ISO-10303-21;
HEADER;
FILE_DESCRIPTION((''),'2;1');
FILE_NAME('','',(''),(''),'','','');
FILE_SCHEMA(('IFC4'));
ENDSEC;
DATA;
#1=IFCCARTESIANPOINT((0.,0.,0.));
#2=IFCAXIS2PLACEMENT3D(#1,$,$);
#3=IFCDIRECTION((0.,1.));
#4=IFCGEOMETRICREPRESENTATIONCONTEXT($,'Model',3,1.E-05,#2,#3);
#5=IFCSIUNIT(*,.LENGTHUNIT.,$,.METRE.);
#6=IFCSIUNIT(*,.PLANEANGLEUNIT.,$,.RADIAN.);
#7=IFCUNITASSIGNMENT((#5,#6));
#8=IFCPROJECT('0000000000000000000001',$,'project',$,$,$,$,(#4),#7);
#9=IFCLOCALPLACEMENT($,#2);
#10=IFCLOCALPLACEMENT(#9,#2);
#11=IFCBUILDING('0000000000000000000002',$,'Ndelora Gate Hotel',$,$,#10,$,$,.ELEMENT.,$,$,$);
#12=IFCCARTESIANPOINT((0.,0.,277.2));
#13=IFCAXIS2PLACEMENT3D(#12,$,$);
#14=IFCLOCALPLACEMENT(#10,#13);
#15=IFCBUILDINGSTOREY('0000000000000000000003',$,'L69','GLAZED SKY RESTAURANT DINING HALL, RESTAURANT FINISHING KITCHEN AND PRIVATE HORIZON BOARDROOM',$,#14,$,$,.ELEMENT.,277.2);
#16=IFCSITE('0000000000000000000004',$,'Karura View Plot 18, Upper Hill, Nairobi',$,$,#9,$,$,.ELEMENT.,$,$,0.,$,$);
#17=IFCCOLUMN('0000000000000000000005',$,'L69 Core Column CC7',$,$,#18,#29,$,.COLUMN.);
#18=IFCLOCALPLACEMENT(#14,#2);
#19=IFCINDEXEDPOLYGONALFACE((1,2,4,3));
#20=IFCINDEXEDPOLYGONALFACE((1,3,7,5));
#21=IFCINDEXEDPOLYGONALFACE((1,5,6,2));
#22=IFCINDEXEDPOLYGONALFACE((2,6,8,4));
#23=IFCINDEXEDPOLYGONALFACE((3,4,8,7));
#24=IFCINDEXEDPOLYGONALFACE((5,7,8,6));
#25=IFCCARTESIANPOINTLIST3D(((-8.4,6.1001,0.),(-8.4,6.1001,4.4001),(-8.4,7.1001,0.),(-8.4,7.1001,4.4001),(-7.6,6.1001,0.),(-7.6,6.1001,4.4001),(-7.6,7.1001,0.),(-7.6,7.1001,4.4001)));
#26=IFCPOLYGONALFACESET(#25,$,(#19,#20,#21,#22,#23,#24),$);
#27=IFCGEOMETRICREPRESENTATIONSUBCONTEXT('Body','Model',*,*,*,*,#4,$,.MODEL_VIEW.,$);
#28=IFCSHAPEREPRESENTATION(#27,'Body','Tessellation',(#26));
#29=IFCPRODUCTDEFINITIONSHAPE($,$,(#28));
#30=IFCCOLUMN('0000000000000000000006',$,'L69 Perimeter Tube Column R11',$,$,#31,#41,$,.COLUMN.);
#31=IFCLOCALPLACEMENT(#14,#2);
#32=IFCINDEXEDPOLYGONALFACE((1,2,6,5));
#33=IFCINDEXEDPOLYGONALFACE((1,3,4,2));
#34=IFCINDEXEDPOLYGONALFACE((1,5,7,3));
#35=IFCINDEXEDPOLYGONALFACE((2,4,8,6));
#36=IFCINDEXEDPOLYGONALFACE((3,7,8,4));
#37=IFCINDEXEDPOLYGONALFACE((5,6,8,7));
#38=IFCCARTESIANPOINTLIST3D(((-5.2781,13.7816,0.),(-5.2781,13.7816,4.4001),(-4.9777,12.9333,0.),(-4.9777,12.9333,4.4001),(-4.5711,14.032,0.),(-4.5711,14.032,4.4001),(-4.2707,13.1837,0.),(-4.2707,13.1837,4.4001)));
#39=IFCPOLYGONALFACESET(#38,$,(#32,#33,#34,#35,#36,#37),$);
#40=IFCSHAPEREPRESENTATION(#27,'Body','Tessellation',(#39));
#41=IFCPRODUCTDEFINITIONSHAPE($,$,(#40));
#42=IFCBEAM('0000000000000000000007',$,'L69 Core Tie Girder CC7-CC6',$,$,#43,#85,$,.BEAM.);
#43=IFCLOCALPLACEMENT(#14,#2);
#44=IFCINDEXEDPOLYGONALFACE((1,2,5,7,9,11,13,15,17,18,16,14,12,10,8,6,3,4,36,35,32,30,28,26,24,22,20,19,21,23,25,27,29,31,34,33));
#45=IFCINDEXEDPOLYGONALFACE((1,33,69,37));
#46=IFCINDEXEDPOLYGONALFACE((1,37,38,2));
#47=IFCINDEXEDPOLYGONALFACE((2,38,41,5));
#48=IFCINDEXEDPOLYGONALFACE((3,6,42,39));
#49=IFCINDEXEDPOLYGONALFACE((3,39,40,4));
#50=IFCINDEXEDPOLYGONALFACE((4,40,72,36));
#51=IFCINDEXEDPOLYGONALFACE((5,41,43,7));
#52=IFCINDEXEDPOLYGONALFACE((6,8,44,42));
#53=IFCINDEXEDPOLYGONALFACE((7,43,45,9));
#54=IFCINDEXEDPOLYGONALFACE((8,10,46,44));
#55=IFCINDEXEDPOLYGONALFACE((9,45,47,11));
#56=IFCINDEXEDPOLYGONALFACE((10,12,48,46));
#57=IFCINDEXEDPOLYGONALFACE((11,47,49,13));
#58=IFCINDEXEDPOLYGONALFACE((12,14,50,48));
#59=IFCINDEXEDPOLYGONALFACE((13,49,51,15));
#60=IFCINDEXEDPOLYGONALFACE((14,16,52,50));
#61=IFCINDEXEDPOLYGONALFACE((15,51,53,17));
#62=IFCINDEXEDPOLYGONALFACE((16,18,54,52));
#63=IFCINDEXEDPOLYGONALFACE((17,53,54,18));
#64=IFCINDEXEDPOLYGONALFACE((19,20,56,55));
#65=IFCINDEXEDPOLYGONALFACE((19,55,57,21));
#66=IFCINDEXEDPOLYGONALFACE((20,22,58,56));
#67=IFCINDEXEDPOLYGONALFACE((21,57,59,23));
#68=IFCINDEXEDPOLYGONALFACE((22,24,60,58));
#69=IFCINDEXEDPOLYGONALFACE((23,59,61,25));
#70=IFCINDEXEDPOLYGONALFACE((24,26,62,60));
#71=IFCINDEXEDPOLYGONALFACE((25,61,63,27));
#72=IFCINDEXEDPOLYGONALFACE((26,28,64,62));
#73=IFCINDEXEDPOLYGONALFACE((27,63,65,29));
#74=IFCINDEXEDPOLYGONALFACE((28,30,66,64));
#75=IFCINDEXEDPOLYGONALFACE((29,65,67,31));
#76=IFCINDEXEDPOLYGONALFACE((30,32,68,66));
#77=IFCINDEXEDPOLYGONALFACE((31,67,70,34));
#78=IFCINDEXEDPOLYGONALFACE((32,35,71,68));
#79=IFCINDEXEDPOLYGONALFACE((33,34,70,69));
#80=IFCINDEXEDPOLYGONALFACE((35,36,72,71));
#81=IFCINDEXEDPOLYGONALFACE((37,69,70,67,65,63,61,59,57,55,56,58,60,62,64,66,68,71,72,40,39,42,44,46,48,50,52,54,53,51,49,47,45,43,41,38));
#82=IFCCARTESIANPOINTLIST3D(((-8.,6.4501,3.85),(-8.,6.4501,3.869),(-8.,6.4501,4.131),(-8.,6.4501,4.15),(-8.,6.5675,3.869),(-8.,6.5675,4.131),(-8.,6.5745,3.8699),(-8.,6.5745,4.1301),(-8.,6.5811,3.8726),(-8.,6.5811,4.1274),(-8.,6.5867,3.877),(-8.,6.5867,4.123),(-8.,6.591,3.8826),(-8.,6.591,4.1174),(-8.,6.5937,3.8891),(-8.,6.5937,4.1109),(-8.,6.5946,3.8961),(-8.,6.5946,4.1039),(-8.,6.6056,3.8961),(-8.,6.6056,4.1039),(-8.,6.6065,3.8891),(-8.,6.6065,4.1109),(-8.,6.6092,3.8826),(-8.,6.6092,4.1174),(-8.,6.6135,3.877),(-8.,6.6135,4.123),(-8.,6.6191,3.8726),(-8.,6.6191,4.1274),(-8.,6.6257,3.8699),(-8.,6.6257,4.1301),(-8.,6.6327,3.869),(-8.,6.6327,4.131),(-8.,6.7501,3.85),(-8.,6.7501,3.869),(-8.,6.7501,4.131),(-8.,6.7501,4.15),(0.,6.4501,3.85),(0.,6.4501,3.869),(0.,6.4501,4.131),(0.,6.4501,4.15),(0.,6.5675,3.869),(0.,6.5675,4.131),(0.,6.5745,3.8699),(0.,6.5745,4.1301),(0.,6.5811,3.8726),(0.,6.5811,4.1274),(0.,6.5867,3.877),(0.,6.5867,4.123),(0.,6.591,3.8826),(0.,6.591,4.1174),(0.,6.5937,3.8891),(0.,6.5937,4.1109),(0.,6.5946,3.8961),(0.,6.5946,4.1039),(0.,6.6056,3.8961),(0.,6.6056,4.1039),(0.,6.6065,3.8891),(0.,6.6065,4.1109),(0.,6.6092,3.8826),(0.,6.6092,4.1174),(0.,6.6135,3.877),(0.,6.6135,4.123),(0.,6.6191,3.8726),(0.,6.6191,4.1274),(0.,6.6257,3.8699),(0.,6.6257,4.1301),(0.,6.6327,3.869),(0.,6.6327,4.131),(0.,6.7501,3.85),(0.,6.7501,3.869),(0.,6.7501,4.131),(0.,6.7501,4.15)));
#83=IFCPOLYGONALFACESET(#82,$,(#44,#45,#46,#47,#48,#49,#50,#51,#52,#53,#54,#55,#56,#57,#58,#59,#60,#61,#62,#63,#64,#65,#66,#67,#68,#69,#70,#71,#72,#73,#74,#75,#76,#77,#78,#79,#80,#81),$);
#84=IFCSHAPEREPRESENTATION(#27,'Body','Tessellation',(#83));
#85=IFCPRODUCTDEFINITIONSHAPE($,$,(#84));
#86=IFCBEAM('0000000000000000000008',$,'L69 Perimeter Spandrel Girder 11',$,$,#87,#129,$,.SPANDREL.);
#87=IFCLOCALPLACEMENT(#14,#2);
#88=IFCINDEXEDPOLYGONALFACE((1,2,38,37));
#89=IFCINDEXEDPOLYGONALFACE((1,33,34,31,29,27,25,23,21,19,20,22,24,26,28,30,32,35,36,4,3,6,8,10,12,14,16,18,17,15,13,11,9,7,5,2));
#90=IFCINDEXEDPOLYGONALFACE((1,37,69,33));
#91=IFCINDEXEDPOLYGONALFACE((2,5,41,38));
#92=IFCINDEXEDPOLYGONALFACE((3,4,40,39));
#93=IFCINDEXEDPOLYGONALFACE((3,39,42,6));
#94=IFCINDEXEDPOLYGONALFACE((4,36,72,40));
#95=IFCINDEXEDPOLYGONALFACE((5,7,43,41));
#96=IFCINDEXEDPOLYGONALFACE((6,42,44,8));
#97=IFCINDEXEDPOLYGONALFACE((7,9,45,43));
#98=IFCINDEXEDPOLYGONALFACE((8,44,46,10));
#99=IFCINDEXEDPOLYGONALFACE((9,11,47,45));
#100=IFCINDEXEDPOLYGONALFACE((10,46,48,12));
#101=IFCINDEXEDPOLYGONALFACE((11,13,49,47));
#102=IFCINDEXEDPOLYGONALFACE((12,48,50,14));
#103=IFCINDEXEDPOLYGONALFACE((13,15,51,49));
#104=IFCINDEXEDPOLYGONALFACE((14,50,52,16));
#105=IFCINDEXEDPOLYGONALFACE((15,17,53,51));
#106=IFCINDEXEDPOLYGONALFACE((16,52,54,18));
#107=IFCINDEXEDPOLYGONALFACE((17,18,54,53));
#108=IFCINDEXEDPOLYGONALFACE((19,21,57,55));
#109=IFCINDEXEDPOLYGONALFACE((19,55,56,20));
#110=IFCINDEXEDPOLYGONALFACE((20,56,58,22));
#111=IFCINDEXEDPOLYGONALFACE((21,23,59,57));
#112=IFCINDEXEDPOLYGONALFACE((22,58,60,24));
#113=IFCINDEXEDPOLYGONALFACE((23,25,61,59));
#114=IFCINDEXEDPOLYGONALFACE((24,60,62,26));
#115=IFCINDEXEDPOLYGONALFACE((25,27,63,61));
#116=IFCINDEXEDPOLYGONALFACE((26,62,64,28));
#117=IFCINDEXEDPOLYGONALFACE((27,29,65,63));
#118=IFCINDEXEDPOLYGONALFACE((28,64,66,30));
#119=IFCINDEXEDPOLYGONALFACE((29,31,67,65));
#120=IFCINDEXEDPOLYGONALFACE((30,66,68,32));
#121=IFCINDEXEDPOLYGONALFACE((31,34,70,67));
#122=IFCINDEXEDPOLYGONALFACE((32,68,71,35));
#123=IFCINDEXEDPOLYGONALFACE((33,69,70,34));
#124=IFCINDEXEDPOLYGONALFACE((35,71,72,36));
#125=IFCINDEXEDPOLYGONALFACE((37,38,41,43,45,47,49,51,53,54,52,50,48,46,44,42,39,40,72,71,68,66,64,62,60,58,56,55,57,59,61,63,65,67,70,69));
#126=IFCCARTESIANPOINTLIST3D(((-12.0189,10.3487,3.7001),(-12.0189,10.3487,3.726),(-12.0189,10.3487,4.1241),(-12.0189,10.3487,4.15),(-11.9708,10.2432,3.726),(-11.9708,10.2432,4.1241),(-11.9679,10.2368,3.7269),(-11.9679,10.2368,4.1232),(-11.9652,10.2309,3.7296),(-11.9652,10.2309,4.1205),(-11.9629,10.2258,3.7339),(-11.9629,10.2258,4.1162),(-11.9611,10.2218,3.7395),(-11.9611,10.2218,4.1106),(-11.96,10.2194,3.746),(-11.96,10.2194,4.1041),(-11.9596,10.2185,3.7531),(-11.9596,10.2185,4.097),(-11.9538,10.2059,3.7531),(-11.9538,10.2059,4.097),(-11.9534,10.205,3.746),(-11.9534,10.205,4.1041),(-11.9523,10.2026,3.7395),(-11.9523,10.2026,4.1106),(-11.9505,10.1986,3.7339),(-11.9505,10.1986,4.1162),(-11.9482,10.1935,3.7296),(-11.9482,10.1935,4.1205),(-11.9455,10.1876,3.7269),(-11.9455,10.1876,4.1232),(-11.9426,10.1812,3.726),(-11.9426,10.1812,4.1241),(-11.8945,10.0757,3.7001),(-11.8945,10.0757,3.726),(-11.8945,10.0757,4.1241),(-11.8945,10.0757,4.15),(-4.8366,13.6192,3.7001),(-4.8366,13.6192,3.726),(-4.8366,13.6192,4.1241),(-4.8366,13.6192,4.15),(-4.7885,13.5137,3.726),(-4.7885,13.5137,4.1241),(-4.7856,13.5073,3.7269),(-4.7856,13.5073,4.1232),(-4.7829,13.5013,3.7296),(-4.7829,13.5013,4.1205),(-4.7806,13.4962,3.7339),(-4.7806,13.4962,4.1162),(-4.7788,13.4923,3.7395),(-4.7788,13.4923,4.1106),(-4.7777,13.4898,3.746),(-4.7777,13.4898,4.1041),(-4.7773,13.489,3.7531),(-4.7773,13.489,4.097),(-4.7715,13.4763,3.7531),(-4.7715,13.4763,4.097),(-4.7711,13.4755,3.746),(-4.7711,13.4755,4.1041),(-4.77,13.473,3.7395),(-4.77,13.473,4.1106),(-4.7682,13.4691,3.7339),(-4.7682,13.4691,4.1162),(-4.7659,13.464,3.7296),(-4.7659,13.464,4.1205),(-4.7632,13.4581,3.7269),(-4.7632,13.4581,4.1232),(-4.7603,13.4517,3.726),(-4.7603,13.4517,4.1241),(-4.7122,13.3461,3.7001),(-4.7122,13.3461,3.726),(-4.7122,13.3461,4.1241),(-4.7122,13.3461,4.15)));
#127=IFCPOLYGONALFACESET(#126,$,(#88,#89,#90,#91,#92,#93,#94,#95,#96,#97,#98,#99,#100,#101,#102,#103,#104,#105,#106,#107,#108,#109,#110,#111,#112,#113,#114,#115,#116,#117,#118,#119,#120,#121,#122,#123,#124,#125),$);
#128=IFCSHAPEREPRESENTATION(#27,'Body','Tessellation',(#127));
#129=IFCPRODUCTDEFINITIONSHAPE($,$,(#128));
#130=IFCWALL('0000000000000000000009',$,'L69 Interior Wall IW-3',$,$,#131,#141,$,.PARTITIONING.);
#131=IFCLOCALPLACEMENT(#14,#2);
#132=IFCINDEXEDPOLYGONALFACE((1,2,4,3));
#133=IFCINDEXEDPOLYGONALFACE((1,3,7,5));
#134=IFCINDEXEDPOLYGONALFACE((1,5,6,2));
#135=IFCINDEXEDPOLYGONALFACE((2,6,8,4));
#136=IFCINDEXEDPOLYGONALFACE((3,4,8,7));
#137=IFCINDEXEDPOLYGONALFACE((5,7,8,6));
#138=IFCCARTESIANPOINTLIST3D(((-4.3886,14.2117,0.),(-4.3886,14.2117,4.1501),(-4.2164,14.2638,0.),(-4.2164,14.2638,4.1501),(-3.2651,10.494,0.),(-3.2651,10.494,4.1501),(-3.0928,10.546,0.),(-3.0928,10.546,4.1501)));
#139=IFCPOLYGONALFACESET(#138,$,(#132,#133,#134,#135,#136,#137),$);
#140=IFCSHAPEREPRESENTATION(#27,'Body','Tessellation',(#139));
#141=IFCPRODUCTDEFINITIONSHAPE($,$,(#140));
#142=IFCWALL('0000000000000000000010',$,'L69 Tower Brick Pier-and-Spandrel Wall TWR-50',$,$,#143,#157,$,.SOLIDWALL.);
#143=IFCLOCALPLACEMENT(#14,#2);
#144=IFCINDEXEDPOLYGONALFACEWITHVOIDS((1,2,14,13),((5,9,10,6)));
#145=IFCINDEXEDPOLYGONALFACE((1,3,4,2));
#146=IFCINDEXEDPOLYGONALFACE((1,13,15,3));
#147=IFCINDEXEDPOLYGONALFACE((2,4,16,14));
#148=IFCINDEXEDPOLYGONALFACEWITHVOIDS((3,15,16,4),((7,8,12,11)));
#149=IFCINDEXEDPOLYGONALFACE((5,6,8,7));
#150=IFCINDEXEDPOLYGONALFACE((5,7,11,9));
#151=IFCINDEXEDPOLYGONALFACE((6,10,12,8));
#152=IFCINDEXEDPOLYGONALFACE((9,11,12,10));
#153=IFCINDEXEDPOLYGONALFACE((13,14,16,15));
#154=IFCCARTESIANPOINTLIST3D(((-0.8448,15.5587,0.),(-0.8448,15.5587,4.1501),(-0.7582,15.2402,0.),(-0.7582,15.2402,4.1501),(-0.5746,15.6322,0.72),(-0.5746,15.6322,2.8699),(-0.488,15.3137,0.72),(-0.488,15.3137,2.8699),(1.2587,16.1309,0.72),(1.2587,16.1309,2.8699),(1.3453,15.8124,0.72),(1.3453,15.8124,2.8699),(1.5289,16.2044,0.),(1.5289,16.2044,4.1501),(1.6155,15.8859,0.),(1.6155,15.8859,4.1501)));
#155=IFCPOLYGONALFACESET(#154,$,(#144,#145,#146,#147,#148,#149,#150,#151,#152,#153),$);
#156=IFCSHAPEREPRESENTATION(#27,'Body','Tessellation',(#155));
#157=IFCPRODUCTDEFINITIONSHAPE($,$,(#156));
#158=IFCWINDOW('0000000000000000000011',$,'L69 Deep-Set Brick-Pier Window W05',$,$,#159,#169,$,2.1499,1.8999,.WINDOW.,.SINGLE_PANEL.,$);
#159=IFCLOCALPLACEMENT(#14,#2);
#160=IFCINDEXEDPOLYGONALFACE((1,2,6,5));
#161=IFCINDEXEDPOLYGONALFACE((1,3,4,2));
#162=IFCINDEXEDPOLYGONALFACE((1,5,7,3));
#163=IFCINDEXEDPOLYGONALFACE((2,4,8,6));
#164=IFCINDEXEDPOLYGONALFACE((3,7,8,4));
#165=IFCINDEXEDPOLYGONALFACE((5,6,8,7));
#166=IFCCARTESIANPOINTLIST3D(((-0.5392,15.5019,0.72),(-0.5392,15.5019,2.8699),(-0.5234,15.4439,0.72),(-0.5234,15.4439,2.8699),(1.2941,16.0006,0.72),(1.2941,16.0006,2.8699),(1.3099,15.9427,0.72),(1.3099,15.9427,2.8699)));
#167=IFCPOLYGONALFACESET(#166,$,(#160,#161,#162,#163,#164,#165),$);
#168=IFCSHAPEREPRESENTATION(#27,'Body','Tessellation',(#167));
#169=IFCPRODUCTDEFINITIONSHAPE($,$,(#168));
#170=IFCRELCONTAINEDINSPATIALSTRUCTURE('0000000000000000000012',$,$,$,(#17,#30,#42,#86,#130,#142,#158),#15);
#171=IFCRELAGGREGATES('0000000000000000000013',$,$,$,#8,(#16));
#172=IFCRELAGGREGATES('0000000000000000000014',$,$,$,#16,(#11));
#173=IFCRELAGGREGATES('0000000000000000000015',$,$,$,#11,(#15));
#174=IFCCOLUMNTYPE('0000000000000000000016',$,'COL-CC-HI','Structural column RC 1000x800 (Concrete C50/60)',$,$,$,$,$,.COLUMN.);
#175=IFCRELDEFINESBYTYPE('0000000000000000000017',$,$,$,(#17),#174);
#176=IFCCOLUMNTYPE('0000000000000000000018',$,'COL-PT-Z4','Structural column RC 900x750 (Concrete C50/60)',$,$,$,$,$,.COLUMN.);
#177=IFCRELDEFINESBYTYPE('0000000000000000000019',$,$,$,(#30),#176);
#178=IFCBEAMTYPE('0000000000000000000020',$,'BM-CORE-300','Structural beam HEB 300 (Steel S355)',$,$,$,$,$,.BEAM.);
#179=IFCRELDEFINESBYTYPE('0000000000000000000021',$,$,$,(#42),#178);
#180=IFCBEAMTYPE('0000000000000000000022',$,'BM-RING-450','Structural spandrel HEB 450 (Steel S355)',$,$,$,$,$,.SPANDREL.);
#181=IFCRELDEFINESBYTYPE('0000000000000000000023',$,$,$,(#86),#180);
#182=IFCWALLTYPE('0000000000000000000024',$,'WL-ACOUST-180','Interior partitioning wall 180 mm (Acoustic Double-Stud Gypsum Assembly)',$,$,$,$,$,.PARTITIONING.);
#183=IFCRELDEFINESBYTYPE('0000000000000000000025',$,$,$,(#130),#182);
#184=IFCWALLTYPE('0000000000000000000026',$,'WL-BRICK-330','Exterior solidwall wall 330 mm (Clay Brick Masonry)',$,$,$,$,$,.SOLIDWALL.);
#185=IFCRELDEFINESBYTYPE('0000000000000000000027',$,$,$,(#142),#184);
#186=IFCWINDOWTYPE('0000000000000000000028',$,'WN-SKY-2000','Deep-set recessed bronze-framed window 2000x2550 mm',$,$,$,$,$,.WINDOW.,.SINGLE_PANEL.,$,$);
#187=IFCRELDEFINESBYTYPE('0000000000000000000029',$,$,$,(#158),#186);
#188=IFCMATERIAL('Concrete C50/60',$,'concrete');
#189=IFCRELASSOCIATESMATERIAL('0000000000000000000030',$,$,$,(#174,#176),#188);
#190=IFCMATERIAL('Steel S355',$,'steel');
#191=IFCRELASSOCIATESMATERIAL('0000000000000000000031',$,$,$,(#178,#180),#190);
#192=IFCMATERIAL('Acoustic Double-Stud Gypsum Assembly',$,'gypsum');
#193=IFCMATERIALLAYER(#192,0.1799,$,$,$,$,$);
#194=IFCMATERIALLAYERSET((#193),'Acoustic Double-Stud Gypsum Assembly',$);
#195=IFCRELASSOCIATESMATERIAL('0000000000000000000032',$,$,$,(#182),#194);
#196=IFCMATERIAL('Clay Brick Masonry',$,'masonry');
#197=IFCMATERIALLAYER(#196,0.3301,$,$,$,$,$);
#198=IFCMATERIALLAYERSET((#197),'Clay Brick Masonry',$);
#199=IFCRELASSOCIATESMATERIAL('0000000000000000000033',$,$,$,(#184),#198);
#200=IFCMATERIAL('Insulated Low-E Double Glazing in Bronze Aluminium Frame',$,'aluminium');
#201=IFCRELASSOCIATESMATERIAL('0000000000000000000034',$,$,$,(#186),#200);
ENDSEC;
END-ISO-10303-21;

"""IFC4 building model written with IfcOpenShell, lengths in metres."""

from ifc_helpers import new_model, si_unit, direction, frame, frame_2d, origin, origin_2d, place, context, subcontext, project, spatial, rectangle, i_section, extrude, material, layer, layer_set, material_profile, profile_set, type_object, element, fill, save


model = new_model("IFC4")

# Units and contexts
model_context = context("Model", 3, precision=1e-05, world=origin(), true_north=direction((0.0, 1.0)))
body_context = subcontext(model_context, "Body", "Model", "MODEL_VIEW")
ifc_project = project(units=[si_unit("LENGTHUNIT", "METRE"), si_unit("PLANEANGLEUNIT", "RADIAN")], contexts=[model_context])

# Site, building, storey
site_placement = place(None, origin())
site = spatial("IfcSite", under=ifc_project, at=site_placement, Name="Karura View Plot 18, Upper Hill, Nairobi", CompositionType="ELEMENT", RefElevation=0.0)
building_placement = place(site_placement, origin())
building = spatial("IfcBuilding", under=site, at=building_placement, Name="Ndelora Gate Hotel", CompositionType="ELEMENT")
storey_placement = place(building_placement, frame((0.0, 0.0, 277.2)))
storey = spatial("IfcBuildingStorey", under=building, at=storey_placement, Name="L69", Description="GLAZED SKY RESTAURANT DINING HALL, RESTAURANT FINISHING KITCHEN AND PRIVATE HORIZON BOARDROOM", CompositionType="ELEMENT", Elevation=277.2)

# Columns
ifc_material_1 = material(Name="Concrete C50/60", Category="concrete")
ifc_material_profile_1 = material_profile(ifc_material_1, rectangle(XDim=0.8, YDim=1.0, at=origin_2d()), Name="RC 1000x800")
ifc_profile_set_1 = profile_set([ifc_material_profile_1], Name="Concrete C50/60")
column_type_1 = type_object("IfcColumnType", Name="COL-CC-HI", Description="Structural column RC 1000x800 (Concrete C50/60)", PredefinedType="COLUMN", material=ifc_profile_set_1)
column_1_placement = place(storey_placement, frame((-8.0, 6.6001, 0.0), z_axis=(0.0, 0.0, 1.0), x_axis=(1.0, 0.0, 0.0)))
element("IfcColumn", 1, at=column_1_placement, inside=storey, type_object=column_type_1, Name="L69 Core Column CC7", PredefinedType="COLUMN", context=body_context, shape_type="SweptSolid", body=[
    extrude(rectangle(XDim=0.8, YDim=1.0, at=origin_2d()), origin(), (0.0, 0.0, 1.0), 4.4001),
])
ifc_material_profile_2 = material_profile(ifc_material_1, rectangle(XDim=0.75, YDim=0.8999, at=origin_2d()), Name="RC 900x750")
ifc_profile_set_2 = profile_set([ifc_material_profile_2], Name="Concrete C50/60")
column_type_2 = type_object("IfcColumnType", Name="COL-PT-Z4", Description="Structural column RC 900x750 (Concrete C50/60)", PredefinedType="COLUMN", material=ifc_profile_set_2)
column_2_placement = place(storey_placement, frame((-4.7744, 13.4827, 0.0), z_axis=(0.0, 0.0, 1.0), x_axis=(0.942641, 0.333807, 0.0)))
element("IfcColumn", 2, at=column_2_placement, inside=storey, type_object=column_type_2, Name="L69 Perimeter Tube Column R11", PredefinedType="COLUMN", context=body_context, shape_type="SweptSolid", body=[
    extrude(rectangle(XDim=0.75, YDim=0.8999, at=origin_2d()), origin(), (0.0, 0.0, 1.0), 4.4001),
])

# Beams
ifc_material_2 = material(Name="Steel S355", Category="steel")
ifc_material_profile_3 = material_profile(ifc_material_2, i_section(OverallWidth=0.3, OverallDepth=0.3, WebThickness=0.011, FlangeThickness=0.019, FilletRadius=0.0271, at=origin_2d()), Name="HEB 300")
ifc_profile_set_3 = profile_set([ifc_material_profile_3], Name="Steel S355")
beam_type_1 = type_object("IfcBeamType", Name="BM-CORE-300", Description="Structural beam HEB 300 (Steel S355)", PredefinedType="BEAM", material=ifc_profile_set_3)
beam_1_placement = place(storey_placement, frame((-8.0, 6.6001, 4.0), z_axis=(1.0, 0.0, 0.0), x_axis=(0.0, 1.0, 0.0)))
element("IfcBeam", 3, at=beam_1_placement, inside=storey, type_object=beam_type_1, Name="L69 Core Tie Girder CC7-CC6", PredefinedType="BEAM", context=body_context, shape_type="SweptSolid", body=[
    extrude(i_section(OverallWidth=0.3, OverallDepth=0.3, WebThickness=0.011, FlangeThickness=0.019, FilletRadius=0.0271, at=origin_2d()), origin(), (0.0, 0.0, 1.0), 8.0),
])
ifc_material_profile_4 = material_profile(ifc_material_2, i_section(OverallWidth=0.3, OverallDepth=0.45, WebThickness=0.0139, FlangeThickness=0.0259, FilletRadius=0.0271, at=origin_2d()), Name="HEB 450")
ifc_profile_set_4 = profile_set([ifc_material_profile_4], Name="Steel S355")
beam_type_2 = type_object("IfcBeamType", Name="BM-RING-450", Description="Structural spandrel HEB 450 (Steel S355)", PredefinedType="SPANDREL", material=ifc_profile_set_4)
beam_2_placement = place(storey_placement, frame((-4.7744, 13.4827, 3.925), z_axis=(-0.91009, -0.414411, 0.0), x_axis=(0.414411, -0.91009, 0.0)))
element("IfcBeam", 4, at=beam_2_placement, inside=storey, type_object=beam_type_2, Name="L69 Perimeter Spandrel Girder 11", PredefinedType="SPANDREL", context=body_context, shape_type="SweptSolid", body=[
    extrude(i_section(OverallWidth=0.3, OverallDepth=0.45, WebThickness=0.0139, FlangeThickness=0.0259, FilletRadius=0.0271, at=origin_2d()), origin(), (0.0, 0.0, 1.0), 7.8918),
])

# Wall
ifc_material_3 = material(Name="Acoustic Double-Stud Gypsum Assembly", Category="gypsum")
ifc_layer_1 = layer(ifc_material_3, 0.1799)
ifc_layer_set_1 = layer_set([ifc_layer_1], Name="Acoustic Double-Stud Gypsum Assembly")
wall_type_1 = type_object("IfcWallType", Name="WL-ACOUST-180", Description="Interior partitioning wall 180 mm (Acoustic Double-Stud Gypsum Assembly)", PredefinedType="PARTITIONING", material=ifc_layer_set_1)
wall_1_placement = place(storey_placement, frame((-3.179, 10.52, 0.0), z_axis=(0.0, 0.0, 1.0), x_axis=(-0.289285, 0.957243, 0.0)))
element("IfcWall", 5, at=wall_1_placement, inside=storey, type_object=wall_type_1, Name="L69 Interior Wall IW-3", PredefinedType="PARTITIONING", context=body_context, shape_type="SweptSolid", body=[
    extrude(rectangle(XDim=3.8838, YDim=0.1799, at=frame_2d((1.9419, 0.0))), origin(), (0.0, 0.0, 1.0), 4.1501),
])

# Wall, opening, window
ifc_material_4 = material(Name="Clay Brick Masonry", Category="masonry")
ifc_layer_2 = layer(ifc_material_4, 0.3301)
ifc_layer_set_2 = layer_set([ifc_layer_2], Name="Clay Brick Masonry")
wall_type_2 = type_object("IfcWallType", Name="WL-BRICK-330", Description="Exterior solidwall wall 330 mm (Clay Brick Masonry)", PredefinedType="SOLIDWALL", material=ifc_layer_set_2)
wall_2_placement = place(storey_placement, frame((-0.8015, 15.3994, 0.0), z_axis=(0.0, 0.0, 1.0), x_axis=(0.964933, 0.262496, 0.0)))
wall_2 = element("IfcWall", 6, at=wall_2_placement, inside=storey, type_object=wall_type_2, Name="L69 Tower Brick Pier-and-Spandrel Wall TWR-50", PredefinedType="SOLIDWALL", context=body_context, shape_type="SweptSolid", body=[
    extrude(rectangle(XDim=2.46, YDim=0.3301, at=frame_2d((1.23, 0.0))), origin(), (0.0, 0.0, 1.0), 4.1501),
])
opening_1_placement = place(wall_2_placement, frame((0.28, 0.0, 0.72)))
opening_1 = element("IfcOpeningElement", 7, at=opening_1_placement, cuts=wall_2, PredefinedType="OPENING", context=body_context, shape_type="SweptSolid", body=[
    extrude(rectangle(XDim=1.8999, YDim=2.1499, at=frame_2d((0.95, 1.075))), frame((0.0, 0.175, 0.0), z_axis=(0.0, -1.0, 0.0), x_axis=(1.0, 0.0, 0.0)), (0.0, 0.0, 1.0), 0.3501),
])
ifc_material_5 = material(Name="Insulated Low-E Double Glazing in Bronze Aluminium Frame", Category="aluminium")
window_type = type_object("IfcWindowType", Name="WN-SKY-2000", Description="Deep-set recessed bronze-framed window 2000x2550 mm", PartitioningType="SINGLE_PANEL", PredefinedType="WINDOW", material=ifc_material_5)
window_1_placement = place(opening_1_placement, origin())
window_1 = element("IfcWindow", 8, at=window_1_placement, inside=storey, type_object=window_type, Name="L69 Deep-Set Brick-Pier Window W05", OverallHeight=2.1499, OverallWidth=1.8999, PartitioningType="SINGLE_PANEL", PredefinedType="WINDOW", context=body_context, shape_type="SweptSolid", body=[
    extrude(rectangle(XDim=1.8999, YDim=2.1499, at=frame_2d((0.95, 1.075))), frame((0.0, 0.03, 0.0), z_axis=(0.0, -1.0, 0.0), x_axis=(1.0, 0.0, 0.0)), (0.0, 0.0, 1.0), 0.0601),
])
fill(opening_1, window_1)

save(model, "model.ifc")
